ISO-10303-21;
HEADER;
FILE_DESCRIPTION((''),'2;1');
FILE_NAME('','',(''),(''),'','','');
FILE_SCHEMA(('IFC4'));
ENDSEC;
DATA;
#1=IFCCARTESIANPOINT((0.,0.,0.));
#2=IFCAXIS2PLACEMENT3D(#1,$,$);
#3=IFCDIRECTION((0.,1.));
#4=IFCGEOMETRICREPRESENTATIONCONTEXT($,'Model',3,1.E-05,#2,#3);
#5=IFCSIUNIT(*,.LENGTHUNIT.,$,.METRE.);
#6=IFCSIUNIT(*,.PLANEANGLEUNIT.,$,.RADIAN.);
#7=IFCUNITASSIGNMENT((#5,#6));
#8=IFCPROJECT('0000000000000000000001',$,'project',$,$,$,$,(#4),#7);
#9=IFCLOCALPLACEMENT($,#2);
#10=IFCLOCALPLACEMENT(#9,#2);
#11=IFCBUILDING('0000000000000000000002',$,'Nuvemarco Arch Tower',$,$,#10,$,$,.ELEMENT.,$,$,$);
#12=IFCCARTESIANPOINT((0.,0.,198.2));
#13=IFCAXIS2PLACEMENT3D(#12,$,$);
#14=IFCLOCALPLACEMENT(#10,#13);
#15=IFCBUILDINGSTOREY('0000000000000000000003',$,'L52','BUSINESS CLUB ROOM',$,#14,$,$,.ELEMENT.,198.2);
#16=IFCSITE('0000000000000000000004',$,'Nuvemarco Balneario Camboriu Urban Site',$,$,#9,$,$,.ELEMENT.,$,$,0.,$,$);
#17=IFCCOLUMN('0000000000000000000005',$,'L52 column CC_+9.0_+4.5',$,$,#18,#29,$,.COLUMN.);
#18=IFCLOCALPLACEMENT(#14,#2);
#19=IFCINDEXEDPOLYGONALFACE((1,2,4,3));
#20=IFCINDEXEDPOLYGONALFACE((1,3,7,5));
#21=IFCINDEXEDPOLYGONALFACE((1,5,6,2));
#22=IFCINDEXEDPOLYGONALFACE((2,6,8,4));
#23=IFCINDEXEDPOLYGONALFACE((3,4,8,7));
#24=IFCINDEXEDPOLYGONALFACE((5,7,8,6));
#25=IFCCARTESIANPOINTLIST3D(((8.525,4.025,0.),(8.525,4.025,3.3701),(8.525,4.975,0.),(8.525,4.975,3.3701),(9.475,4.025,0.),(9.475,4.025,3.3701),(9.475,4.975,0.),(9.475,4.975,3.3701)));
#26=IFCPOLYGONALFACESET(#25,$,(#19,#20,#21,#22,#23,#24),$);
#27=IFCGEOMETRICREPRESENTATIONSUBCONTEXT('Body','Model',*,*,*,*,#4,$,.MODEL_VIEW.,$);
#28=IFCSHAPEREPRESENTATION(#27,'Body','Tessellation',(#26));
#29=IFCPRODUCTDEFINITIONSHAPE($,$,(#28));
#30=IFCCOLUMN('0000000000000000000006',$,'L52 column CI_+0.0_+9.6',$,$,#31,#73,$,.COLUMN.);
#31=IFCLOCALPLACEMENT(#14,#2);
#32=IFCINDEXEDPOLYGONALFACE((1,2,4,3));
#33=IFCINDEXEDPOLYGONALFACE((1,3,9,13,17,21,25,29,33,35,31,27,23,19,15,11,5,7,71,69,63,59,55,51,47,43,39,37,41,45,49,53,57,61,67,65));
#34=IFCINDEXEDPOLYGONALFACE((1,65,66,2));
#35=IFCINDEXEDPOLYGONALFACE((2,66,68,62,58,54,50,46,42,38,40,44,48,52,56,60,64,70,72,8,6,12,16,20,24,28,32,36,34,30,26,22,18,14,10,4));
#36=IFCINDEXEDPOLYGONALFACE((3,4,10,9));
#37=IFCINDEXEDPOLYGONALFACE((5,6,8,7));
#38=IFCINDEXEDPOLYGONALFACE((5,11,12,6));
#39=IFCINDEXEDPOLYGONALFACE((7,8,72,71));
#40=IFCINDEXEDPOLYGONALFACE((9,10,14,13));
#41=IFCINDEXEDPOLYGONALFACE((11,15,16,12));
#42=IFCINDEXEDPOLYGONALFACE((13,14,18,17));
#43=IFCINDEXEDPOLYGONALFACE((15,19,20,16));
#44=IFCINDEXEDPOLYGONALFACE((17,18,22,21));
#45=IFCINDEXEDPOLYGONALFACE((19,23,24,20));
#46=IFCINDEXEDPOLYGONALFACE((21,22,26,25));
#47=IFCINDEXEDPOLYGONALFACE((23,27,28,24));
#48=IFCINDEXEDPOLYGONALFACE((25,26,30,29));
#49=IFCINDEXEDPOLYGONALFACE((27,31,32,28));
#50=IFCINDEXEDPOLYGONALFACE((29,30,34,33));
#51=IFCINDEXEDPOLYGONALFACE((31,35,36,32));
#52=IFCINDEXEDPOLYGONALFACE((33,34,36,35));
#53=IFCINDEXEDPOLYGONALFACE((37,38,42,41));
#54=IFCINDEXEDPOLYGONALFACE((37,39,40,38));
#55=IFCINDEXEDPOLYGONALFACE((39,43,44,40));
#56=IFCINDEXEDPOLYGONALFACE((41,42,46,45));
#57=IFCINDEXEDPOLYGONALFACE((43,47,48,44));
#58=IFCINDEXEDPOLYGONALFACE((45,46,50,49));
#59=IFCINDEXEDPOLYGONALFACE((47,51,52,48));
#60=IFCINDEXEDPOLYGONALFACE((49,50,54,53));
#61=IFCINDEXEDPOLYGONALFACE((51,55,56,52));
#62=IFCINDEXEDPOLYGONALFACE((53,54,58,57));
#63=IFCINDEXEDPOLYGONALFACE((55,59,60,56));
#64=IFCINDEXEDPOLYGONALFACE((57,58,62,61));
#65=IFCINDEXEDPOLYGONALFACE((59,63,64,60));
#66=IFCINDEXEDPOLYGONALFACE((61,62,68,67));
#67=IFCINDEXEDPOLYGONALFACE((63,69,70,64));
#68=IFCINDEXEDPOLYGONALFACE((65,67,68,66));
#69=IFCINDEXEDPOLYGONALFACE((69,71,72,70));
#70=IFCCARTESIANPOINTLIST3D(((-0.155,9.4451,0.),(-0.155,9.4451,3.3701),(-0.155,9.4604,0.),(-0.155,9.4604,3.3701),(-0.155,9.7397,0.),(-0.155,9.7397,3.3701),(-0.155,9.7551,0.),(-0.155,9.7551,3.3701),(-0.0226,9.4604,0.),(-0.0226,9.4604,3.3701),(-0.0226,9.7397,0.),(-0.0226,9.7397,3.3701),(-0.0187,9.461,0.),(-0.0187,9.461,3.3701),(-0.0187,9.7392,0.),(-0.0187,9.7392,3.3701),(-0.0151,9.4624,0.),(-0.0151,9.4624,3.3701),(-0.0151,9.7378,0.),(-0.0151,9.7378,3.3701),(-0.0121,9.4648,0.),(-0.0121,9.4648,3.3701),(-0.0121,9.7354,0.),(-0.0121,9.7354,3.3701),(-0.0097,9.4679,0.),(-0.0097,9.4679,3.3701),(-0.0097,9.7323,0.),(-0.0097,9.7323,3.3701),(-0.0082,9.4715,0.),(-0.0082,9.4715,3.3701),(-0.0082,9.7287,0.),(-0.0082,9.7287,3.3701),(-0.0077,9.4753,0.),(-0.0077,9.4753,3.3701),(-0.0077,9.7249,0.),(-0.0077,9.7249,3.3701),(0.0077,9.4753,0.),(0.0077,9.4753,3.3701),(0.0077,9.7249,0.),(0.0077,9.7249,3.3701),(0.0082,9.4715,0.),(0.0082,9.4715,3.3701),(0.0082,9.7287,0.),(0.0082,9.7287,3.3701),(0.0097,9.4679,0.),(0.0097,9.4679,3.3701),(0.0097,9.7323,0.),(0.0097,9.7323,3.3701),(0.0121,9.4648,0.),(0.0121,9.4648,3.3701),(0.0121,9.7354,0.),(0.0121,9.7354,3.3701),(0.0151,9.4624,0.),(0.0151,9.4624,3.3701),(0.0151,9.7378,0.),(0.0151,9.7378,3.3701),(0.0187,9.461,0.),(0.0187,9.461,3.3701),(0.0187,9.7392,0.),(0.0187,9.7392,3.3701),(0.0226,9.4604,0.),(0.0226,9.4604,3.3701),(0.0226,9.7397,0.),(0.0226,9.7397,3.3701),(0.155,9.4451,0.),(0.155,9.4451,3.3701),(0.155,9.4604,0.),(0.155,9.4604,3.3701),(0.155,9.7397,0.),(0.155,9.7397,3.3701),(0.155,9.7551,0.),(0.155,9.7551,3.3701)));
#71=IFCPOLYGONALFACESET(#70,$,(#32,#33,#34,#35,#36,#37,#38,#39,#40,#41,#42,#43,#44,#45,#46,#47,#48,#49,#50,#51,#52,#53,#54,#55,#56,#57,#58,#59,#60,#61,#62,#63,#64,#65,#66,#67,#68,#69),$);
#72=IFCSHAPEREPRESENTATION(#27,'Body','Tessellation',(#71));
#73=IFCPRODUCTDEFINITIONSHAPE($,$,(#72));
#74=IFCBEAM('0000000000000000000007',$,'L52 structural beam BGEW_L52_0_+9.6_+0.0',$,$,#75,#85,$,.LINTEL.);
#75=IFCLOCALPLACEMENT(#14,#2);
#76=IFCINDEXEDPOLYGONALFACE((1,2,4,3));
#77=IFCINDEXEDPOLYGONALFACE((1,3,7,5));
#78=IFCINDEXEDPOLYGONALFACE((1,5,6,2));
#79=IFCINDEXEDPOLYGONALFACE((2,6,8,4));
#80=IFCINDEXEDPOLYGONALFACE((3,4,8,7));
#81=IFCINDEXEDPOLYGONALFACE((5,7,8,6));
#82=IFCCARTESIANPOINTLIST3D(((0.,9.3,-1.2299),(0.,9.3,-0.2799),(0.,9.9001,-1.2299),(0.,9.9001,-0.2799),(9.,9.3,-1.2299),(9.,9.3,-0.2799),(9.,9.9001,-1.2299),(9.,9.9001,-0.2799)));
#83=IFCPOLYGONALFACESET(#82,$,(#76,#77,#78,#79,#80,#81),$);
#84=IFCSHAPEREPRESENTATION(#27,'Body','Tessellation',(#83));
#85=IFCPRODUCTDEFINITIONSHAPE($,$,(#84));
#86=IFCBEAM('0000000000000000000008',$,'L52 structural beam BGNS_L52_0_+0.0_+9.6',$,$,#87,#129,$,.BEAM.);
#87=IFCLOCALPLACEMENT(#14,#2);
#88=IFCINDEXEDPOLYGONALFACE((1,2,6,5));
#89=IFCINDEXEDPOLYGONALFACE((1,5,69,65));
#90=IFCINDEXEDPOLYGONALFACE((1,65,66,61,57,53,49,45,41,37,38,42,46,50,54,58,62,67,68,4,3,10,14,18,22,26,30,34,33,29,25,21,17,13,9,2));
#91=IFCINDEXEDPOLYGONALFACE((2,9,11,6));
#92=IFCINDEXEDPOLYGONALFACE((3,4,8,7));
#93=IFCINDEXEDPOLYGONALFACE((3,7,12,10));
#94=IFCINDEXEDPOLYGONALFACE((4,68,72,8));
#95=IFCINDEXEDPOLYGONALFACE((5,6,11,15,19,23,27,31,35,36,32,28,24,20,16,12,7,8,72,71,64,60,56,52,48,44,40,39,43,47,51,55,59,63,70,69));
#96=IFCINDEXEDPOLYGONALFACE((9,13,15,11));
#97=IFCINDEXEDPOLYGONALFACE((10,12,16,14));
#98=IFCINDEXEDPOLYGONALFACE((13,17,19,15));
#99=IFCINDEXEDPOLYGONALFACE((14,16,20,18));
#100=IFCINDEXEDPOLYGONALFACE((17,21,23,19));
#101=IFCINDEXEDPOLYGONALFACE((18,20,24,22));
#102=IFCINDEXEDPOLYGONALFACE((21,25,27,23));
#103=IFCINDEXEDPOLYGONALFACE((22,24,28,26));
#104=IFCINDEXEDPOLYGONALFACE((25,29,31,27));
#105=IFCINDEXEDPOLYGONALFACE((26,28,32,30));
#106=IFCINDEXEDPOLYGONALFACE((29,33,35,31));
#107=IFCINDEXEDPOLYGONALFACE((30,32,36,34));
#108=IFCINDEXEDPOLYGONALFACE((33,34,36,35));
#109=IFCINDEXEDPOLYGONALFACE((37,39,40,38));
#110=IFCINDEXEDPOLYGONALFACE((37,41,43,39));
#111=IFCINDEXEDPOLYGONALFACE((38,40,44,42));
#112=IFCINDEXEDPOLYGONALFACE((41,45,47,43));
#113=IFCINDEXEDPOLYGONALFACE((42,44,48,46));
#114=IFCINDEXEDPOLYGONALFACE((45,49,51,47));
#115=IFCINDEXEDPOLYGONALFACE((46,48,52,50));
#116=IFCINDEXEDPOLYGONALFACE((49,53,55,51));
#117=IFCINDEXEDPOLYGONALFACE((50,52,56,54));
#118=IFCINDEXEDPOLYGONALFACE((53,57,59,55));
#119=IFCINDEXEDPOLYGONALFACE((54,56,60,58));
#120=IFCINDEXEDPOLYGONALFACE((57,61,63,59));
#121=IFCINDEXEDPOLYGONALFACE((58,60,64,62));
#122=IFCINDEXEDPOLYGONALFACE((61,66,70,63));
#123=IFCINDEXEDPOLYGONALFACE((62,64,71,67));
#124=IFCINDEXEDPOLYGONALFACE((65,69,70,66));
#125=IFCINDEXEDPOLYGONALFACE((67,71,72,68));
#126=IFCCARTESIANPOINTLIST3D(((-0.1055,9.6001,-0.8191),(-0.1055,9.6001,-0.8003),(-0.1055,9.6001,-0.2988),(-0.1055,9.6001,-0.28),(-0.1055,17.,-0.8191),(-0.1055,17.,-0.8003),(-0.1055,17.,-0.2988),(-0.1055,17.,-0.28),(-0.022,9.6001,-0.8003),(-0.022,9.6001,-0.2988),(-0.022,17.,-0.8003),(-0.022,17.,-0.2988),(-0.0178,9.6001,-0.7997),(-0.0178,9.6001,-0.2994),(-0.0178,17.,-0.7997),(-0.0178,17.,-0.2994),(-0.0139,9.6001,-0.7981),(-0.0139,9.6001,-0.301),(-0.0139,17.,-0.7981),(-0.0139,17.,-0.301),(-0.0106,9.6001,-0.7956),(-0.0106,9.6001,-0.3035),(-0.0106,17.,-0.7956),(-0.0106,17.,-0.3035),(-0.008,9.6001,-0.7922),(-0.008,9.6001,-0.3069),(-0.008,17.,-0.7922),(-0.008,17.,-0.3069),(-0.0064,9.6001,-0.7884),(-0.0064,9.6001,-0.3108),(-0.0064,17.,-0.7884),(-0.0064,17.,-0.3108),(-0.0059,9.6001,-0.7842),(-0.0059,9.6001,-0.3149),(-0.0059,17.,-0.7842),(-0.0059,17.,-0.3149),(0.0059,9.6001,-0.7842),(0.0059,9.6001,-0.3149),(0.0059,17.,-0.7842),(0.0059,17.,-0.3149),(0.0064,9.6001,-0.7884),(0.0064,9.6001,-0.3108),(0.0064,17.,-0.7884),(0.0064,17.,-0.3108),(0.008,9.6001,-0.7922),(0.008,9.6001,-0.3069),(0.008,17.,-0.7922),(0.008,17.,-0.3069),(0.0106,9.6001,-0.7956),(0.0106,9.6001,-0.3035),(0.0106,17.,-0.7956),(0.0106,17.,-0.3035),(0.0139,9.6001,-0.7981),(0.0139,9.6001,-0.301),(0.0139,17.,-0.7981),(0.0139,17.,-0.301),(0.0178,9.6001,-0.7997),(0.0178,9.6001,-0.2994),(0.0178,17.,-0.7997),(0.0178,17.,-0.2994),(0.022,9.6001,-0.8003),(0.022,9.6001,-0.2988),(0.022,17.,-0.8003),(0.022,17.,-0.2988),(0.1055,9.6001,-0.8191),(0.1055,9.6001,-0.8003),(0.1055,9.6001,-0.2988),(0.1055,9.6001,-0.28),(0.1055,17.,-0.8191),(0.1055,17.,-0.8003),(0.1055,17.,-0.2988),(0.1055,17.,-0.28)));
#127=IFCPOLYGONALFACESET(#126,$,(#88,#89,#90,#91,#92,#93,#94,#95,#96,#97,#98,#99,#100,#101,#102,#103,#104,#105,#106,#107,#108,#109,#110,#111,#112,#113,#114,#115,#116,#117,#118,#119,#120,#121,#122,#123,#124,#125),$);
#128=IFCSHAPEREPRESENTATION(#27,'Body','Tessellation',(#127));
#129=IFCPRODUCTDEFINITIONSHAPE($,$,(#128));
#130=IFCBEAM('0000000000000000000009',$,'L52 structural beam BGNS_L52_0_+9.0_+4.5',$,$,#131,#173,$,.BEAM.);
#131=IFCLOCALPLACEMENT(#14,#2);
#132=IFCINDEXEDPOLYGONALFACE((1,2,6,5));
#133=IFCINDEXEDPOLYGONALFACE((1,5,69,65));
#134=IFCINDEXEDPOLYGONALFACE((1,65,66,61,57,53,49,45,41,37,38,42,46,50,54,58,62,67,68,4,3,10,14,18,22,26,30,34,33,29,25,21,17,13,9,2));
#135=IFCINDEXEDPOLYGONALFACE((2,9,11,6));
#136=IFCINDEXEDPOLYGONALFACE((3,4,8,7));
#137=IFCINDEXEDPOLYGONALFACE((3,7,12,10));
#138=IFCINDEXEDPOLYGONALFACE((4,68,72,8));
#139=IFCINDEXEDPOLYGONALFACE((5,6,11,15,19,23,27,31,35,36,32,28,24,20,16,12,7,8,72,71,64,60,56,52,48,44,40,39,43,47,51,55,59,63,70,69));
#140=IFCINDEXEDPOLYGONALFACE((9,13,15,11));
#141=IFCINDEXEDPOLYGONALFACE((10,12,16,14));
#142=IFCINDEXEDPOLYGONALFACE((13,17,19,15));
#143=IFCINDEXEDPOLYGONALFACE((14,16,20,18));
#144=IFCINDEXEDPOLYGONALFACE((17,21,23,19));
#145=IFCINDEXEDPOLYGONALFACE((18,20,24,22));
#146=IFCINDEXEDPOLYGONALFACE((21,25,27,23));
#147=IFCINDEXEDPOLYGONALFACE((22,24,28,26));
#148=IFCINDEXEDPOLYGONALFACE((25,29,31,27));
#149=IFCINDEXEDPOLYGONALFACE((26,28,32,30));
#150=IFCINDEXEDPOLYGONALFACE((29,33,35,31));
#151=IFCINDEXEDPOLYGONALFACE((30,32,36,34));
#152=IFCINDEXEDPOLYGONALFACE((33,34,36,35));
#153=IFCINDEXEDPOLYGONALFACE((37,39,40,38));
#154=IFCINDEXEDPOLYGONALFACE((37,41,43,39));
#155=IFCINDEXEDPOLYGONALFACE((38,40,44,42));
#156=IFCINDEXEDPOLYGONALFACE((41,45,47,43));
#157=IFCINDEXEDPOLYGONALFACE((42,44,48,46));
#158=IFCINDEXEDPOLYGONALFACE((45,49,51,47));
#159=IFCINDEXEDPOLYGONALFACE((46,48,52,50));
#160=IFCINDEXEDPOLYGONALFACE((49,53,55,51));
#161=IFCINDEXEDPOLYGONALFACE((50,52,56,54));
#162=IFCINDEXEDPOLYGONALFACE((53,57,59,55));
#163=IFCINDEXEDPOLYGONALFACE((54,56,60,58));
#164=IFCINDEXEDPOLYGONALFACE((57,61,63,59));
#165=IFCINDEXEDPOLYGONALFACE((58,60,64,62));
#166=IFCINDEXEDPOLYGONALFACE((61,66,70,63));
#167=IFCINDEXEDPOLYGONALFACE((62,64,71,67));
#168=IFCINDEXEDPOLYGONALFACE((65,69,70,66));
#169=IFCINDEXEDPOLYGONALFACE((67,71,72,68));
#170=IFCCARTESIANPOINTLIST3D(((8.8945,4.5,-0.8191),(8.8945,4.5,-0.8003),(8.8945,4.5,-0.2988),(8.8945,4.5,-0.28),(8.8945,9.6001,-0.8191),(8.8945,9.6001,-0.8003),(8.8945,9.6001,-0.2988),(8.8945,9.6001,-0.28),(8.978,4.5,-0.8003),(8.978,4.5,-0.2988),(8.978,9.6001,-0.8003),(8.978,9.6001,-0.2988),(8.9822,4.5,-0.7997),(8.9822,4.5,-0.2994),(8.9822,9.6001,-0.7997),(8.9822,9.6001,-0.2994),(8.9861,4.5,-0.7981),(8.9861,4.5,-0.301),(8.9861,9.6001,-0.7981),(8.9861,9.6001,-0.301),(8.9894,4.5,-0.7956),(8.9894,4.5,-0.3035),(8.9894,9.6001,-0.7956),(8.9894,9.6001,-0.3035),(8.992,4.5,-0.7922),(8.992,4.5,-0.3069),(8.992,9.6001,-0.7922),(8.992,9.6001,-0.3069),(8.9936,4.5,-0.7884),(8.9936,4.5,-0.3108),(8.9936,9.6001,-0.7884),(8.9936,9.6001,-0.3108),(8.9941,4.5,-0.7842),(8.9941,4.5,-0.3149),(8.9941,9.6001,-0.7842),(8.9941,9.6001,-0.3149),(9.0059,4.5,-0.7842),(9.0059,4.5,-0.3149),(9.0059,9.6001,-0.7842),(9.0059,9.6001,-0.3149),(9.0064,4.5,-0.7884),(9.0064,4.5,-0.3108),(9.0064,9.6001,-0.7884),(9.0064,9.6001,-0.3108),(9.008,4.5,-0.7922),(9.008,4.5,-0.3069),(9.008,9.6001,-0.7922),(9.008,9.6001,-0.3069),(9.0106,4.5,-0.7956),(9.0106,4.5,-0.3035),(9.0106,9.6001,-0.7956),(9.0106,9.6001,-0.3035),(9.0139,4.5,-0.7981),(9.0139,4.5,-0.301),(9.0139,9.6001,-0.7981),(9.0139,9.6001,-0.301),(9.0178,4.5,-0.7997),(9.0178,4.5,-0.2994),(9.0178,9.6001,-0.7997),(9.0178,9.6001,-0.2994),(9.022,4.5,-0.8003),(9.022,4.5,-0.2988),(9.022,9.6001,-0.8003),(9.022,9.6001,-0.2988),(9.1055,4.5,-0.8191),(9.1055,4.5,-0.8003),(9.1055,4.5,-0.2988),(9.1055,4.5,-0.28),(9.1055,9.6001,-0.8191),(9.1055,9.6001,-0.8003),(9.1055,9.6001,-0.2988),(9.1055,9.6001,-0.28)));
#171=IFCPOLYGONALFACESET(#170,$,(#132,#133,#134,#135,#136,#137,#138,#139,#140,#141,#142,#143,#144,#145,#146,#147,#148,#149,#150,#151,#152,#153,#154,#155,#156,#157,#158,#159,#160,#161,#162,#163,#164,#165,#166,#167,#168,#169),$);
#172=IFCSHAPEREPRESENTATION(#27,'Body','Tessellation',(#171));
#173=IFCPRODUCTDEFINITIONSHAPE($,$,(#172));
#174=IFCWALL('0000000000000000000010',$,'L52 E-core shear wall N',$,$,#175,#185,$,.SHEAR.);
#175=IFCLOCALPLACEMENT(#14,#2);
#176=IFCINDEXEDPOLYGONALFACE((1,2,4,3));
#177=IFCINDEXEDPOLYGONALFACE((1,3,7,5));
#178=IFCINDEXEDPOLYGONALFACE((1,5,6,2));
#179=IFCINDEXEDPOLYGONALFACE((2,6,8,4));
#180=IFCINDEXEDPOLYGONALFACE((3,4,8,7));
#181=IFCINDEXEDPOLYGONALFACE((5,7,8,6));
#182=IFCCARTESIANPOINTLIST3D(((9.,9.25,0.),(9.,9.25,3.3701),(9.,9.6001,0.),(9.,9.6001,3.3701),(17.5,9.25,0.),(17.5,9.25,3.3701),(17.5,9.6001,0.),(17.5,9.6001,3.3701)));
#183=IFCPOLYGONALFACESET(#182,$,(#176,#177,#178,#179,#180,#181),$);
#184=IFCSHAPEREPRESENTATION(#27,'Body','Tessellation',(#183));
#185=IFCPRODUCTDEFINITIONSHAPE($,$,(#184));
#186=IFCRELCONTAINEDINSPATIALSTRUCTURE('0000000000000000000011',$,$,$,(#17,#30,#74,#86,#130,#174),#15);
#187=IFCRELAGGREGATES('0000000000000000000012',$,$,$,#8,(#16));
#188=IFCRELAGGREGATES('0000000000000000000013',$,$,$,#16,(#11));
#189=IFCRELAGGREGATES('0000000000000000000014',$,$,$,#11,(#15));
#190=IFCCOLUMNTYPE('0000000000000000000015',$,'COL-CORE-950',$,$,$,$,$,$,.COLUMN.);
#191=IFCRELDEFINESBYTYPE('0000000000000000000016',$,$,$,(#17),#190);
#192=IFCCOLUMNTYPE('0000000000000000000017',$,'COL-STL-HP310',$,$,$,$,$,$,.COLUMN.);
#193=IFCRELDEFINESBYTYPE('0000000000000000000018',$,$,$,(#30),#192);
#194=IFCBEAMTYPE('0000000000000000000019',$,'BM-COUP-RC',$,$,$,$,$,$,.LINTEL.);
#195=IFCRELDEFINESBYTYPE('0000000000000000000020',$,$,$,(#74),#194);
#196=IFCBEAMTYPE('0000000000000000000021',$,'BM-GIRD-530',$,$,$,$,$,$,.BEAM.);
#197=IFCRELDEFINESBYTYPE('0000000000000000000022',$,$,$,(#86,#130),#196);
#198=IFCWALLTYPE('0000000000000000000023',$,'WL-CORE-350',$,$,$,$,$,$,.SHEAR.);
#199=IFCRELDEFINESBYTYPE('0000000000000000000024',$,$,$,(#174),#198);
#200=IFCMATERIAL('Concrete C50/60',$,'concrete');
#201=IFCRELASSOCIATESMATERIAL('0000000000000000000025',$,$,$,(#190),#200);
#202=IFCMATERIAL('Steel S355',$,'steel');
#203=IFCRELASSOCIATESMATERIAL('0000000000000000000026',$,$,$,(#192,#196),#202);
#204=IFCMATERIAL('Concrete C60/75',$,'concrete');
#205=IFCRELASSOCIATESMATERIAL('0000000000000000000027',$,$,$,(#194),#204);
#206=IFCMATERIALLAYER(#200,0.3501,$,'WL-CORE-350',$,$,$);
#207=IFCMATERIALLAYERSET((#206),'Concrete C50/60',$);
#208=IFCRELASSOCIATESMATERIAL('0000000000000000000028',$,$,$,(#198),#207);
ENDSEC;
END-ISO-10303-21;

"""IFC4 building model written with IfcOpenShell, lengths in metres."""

from ifc_helpers import new_model, si_unit, direction, frame, frame_2d, origin, origin_2d, place, context, subcontext, project, spatial, rectangle, i_section, extrude, material, layer, layer_set, material_profile, profile_set, type_object, element, save


model = new_model("IFC4")

# Units and contexts
model_context = context("Model", 3, precision=1e-05, world=origin(), true_north=direction((0.0, 1.0)))
body_context = subcontext(model_context, "Body", "Model", "MODEL_VIEW")
ifc_project = project(units=[si_unit("LENGTHUNIT", "METRE"), si_unit("PLANEANGLEUNIT", "RADIAN")], contexts=[model_context])

# Site, building, storey
site_placement = place(None, origin())
site = spatial("IfcSite", under=ifc_project, at=site_placement, Name="Nuvemarco Balneario Camboriu Urban Site", CompositionType="ELEMENT", RefElevation=0.0)
building_placement = place(site_placement, origin())
building = spatial("IfcBuilding", under=site, at=building_placement, Name="Nuvemarco Arch Tower", CompositionType="ELEMENT")
storey_placement = place(building_placement, frame((0.0, 0.0, 198.2)))
storey = spatial("IfcBuildingStorey", under=building, at=storey_placement, Name="L52", Description="BUSINESS CLUB ROOM", CompositionType="ELEMENT", Elevation=198.2)

# Columns
ifc_material_1 = material(Name="Concrete C50/60", Category="concrete")
ifc_material_profile_1 = material_profile(ifc_material_1, rectangle(XDim=0.95, YDim=0.95, at=origin_2d()), Name="RC-COL-950x950")
ifc_profile_set_1 = profile_set([ifc_material_profile_1], Name="Concrete C50/60")
column_type_1 = type_object("IfcColumnType", Name="COL-CORE-950", PredefinedType="COLUMN", material=ifc_profile_set_1)
column_1_placement = place(storey_placement, frame((9.0, 4.5, 0.0), z_axis=(0.0, 0.0, 1.0), x_axis=(1.0, 0.0, 0.0)))
element("IfcColumn", 1, at=column_1_placement, inside=storey, type_object=column_type_1, Name="L52 column CC_+9.0_+4.5", PredefinedType="COLUMN", context=body_context, shape_type="SweptSolid", body=[
    extrude(rectangle(XDim=0.95, YDim=0.95, at=origin_2d()), origin(), (0.0, 0.0, 1.0), 3.3701),
])
ifc_material_2 = material(Name="Steel S355", Category="steel")
ifc_material_profile_2 = material_profile(ifc_material_2, i_section(OverallWidth=0.3101, OverallDepth=0.3101, WebThickness=0.0154, FlangeThickness=0.0154, FilletRadius=0.0149, at=origin_2d()), Name="HP310x110")
ifc_profile_set_2 = profile_set([ifc_material_profile_2], Name="Steel S355")
column_type_2 = type_object("IfcColumnType", Name="COL-STL-HP310", PredefinedType="COLUMN", material=ifc_profile_set_2)
column_2_placement = place(storey_placement, frame((0.0, 9.6001, 0.0), z_axis=(0.0, 0.0, 1.0), x_axis=(1.0, 0.0, 0.0)))
element("IfcColumn", 2, at=column_2_placement, inside=storey, type_object=column_type_2, Name="L52 column CI_+0.0_+9.6", PredefinedType="COLUMN", context=body_context, shape_type="SweptSolid", body=[
    extrude(i_section(OverallWidth=0.3101, OverallDepth=0.3101, WebThickness=0.0154, FlangeThickness=0.0154, FilletRadius=0.0149, at=origin_2d()), origin(), (0.0, 0.0, 1.0), 3.3701),
])

# Beams
ifc_material_3 = material(Name="Concrete C60/75", Category="concrete")
ifc_material_profile_3 = material_profile(ifc_material_3, rectangle(XDim=0.6001, YDim=0.95, at=origin_2d()), Name="RC-BM-600x950")
ifc_profile_set_3 = profile_set([ifc_material_profile_3], Name="Concrete C60/75")
beam_type_1 = type_object("IfcBeamType", Name="BM-COUP-RC", PredefinedType="LINTEL", material=ifc_profile_set_3)
beam_1_placement = place(storey_placement, frame((0.0, 9.6001, -0.7549), z_axis=(1.0, 0.0, 0.0), x_axis=(0.0, 1.0, 0.0)))
element("IfcBeam", 3, at=beam_1_placement, inside=storey, type_object=beam_type_1, Name="L52 structural beam BGEW_L52_0_+9.6_+0.0", PredefinedType="LINTEL", context=body_context, shape_type="SweptSolid", body=[
    extrude(rectangle(XDim=0.6001, YDim=0.95, at=origin_2d()), origin(), (0.0, 0.0, 1.0), 9.0),
])
ifc_material_profile_4 = material_profile(ifc_material_2, i_section(OverallWidth=0.2109, OverallDepth=0.5391, WebThickness=0.0117, FlangeThickness=0.0188, FilletRadius=0.0161, at=origin_2d()), Name="W530x109")
ifc_profile_set_4 = profile_set([ifc_material_profile_4], Name="Steel S355")
beam_type_2 = type_object("IfcBeamType", Name="BM-GIRD-530", PredefinedType="BEAM", material=ifc_profile_set_4)
beam_2_placement = place(storey_placement, frame((0.0, 9.6001, -0.5496), z_axis=(0.0, 1.0, 0.0), x_axis=(-1.0, 0.0, 0.0)))
element("IfcBeam", 4, at=beam_2_placement, inside=storey, type_object=beam_type_2, Name="L52 structural beam BGNS_L52_0_+0.0_+9.6", PredefinedType="BEAM", context=body_context, shape_type="SweptSolid", body=[
    extrude(i_section(OverallWidth=0.2109, OverallDepth=0.5391, WebThickness=0.0117, FlangeThickness=0.0188, FilletRadius=0.0161, at=origin_2d()), origin(), (0.0, 0.0, 1.0), 7.3999),
])
beam_3_placement = place(storey_placement, frame((9.0, 4.5, -0.5496), z_axis=(0.0, 1.0, 0.0), x_axis=(-1.0, 0.0, 0.0)))
element("IfcBeam", 5, at=beam_3_placement, inside=storey, type_object=beam_type_2, Name="L52 structural beam BGNS_L52_0_+9.0_+4.5", PredefinedType="BEAM", context=body_context, shape_type="SweptSolid", body=[
    extrude(i_section(OverallWidth=0.2109, OverallDepth=0.5391, WebThickness=0.0117, FlangeThickness=0.0188, FilletRadius=0.0161, at=origin_2d()), origin(), (0.0, 0.0, 1.0), 5.1001),
])

# Wall
ifc_layer_1 = layer(ifc_material_1, 0.3501, Name="WL-CORE-350")
ifc_layer_set_1 = layer_set([ifc_layer_1], Name="Concrete C50/60")
wall_type_1 = type_object("IfcWallType", Name="WL-CORE-350", PredefinedType="SHEAR", material=ifc_layer_set_1)
wall_1_placement = place(storey_placement, frame((9.0, 9.425, 0.0), z_axis=(0.0, 0.0, 1.0), x_axis=(1.0, 0.0, 0.0)))
element("IfcWall", 6, at=wall_1_placement, inside=storey, type_object=wall_type_1, Name="L52 E-core shear wall N", PredefinedType="SHEAR", context=body_context, shape_type="SweptSolid", body=[
    extrude(rectangle(XDim=8.5, YDim=0.3501, at=frame_2d((4.25, 0.0))), origin(), (0.0, 0.0, 1.0), 3.3701),
])

save(model, "model.ifc")
